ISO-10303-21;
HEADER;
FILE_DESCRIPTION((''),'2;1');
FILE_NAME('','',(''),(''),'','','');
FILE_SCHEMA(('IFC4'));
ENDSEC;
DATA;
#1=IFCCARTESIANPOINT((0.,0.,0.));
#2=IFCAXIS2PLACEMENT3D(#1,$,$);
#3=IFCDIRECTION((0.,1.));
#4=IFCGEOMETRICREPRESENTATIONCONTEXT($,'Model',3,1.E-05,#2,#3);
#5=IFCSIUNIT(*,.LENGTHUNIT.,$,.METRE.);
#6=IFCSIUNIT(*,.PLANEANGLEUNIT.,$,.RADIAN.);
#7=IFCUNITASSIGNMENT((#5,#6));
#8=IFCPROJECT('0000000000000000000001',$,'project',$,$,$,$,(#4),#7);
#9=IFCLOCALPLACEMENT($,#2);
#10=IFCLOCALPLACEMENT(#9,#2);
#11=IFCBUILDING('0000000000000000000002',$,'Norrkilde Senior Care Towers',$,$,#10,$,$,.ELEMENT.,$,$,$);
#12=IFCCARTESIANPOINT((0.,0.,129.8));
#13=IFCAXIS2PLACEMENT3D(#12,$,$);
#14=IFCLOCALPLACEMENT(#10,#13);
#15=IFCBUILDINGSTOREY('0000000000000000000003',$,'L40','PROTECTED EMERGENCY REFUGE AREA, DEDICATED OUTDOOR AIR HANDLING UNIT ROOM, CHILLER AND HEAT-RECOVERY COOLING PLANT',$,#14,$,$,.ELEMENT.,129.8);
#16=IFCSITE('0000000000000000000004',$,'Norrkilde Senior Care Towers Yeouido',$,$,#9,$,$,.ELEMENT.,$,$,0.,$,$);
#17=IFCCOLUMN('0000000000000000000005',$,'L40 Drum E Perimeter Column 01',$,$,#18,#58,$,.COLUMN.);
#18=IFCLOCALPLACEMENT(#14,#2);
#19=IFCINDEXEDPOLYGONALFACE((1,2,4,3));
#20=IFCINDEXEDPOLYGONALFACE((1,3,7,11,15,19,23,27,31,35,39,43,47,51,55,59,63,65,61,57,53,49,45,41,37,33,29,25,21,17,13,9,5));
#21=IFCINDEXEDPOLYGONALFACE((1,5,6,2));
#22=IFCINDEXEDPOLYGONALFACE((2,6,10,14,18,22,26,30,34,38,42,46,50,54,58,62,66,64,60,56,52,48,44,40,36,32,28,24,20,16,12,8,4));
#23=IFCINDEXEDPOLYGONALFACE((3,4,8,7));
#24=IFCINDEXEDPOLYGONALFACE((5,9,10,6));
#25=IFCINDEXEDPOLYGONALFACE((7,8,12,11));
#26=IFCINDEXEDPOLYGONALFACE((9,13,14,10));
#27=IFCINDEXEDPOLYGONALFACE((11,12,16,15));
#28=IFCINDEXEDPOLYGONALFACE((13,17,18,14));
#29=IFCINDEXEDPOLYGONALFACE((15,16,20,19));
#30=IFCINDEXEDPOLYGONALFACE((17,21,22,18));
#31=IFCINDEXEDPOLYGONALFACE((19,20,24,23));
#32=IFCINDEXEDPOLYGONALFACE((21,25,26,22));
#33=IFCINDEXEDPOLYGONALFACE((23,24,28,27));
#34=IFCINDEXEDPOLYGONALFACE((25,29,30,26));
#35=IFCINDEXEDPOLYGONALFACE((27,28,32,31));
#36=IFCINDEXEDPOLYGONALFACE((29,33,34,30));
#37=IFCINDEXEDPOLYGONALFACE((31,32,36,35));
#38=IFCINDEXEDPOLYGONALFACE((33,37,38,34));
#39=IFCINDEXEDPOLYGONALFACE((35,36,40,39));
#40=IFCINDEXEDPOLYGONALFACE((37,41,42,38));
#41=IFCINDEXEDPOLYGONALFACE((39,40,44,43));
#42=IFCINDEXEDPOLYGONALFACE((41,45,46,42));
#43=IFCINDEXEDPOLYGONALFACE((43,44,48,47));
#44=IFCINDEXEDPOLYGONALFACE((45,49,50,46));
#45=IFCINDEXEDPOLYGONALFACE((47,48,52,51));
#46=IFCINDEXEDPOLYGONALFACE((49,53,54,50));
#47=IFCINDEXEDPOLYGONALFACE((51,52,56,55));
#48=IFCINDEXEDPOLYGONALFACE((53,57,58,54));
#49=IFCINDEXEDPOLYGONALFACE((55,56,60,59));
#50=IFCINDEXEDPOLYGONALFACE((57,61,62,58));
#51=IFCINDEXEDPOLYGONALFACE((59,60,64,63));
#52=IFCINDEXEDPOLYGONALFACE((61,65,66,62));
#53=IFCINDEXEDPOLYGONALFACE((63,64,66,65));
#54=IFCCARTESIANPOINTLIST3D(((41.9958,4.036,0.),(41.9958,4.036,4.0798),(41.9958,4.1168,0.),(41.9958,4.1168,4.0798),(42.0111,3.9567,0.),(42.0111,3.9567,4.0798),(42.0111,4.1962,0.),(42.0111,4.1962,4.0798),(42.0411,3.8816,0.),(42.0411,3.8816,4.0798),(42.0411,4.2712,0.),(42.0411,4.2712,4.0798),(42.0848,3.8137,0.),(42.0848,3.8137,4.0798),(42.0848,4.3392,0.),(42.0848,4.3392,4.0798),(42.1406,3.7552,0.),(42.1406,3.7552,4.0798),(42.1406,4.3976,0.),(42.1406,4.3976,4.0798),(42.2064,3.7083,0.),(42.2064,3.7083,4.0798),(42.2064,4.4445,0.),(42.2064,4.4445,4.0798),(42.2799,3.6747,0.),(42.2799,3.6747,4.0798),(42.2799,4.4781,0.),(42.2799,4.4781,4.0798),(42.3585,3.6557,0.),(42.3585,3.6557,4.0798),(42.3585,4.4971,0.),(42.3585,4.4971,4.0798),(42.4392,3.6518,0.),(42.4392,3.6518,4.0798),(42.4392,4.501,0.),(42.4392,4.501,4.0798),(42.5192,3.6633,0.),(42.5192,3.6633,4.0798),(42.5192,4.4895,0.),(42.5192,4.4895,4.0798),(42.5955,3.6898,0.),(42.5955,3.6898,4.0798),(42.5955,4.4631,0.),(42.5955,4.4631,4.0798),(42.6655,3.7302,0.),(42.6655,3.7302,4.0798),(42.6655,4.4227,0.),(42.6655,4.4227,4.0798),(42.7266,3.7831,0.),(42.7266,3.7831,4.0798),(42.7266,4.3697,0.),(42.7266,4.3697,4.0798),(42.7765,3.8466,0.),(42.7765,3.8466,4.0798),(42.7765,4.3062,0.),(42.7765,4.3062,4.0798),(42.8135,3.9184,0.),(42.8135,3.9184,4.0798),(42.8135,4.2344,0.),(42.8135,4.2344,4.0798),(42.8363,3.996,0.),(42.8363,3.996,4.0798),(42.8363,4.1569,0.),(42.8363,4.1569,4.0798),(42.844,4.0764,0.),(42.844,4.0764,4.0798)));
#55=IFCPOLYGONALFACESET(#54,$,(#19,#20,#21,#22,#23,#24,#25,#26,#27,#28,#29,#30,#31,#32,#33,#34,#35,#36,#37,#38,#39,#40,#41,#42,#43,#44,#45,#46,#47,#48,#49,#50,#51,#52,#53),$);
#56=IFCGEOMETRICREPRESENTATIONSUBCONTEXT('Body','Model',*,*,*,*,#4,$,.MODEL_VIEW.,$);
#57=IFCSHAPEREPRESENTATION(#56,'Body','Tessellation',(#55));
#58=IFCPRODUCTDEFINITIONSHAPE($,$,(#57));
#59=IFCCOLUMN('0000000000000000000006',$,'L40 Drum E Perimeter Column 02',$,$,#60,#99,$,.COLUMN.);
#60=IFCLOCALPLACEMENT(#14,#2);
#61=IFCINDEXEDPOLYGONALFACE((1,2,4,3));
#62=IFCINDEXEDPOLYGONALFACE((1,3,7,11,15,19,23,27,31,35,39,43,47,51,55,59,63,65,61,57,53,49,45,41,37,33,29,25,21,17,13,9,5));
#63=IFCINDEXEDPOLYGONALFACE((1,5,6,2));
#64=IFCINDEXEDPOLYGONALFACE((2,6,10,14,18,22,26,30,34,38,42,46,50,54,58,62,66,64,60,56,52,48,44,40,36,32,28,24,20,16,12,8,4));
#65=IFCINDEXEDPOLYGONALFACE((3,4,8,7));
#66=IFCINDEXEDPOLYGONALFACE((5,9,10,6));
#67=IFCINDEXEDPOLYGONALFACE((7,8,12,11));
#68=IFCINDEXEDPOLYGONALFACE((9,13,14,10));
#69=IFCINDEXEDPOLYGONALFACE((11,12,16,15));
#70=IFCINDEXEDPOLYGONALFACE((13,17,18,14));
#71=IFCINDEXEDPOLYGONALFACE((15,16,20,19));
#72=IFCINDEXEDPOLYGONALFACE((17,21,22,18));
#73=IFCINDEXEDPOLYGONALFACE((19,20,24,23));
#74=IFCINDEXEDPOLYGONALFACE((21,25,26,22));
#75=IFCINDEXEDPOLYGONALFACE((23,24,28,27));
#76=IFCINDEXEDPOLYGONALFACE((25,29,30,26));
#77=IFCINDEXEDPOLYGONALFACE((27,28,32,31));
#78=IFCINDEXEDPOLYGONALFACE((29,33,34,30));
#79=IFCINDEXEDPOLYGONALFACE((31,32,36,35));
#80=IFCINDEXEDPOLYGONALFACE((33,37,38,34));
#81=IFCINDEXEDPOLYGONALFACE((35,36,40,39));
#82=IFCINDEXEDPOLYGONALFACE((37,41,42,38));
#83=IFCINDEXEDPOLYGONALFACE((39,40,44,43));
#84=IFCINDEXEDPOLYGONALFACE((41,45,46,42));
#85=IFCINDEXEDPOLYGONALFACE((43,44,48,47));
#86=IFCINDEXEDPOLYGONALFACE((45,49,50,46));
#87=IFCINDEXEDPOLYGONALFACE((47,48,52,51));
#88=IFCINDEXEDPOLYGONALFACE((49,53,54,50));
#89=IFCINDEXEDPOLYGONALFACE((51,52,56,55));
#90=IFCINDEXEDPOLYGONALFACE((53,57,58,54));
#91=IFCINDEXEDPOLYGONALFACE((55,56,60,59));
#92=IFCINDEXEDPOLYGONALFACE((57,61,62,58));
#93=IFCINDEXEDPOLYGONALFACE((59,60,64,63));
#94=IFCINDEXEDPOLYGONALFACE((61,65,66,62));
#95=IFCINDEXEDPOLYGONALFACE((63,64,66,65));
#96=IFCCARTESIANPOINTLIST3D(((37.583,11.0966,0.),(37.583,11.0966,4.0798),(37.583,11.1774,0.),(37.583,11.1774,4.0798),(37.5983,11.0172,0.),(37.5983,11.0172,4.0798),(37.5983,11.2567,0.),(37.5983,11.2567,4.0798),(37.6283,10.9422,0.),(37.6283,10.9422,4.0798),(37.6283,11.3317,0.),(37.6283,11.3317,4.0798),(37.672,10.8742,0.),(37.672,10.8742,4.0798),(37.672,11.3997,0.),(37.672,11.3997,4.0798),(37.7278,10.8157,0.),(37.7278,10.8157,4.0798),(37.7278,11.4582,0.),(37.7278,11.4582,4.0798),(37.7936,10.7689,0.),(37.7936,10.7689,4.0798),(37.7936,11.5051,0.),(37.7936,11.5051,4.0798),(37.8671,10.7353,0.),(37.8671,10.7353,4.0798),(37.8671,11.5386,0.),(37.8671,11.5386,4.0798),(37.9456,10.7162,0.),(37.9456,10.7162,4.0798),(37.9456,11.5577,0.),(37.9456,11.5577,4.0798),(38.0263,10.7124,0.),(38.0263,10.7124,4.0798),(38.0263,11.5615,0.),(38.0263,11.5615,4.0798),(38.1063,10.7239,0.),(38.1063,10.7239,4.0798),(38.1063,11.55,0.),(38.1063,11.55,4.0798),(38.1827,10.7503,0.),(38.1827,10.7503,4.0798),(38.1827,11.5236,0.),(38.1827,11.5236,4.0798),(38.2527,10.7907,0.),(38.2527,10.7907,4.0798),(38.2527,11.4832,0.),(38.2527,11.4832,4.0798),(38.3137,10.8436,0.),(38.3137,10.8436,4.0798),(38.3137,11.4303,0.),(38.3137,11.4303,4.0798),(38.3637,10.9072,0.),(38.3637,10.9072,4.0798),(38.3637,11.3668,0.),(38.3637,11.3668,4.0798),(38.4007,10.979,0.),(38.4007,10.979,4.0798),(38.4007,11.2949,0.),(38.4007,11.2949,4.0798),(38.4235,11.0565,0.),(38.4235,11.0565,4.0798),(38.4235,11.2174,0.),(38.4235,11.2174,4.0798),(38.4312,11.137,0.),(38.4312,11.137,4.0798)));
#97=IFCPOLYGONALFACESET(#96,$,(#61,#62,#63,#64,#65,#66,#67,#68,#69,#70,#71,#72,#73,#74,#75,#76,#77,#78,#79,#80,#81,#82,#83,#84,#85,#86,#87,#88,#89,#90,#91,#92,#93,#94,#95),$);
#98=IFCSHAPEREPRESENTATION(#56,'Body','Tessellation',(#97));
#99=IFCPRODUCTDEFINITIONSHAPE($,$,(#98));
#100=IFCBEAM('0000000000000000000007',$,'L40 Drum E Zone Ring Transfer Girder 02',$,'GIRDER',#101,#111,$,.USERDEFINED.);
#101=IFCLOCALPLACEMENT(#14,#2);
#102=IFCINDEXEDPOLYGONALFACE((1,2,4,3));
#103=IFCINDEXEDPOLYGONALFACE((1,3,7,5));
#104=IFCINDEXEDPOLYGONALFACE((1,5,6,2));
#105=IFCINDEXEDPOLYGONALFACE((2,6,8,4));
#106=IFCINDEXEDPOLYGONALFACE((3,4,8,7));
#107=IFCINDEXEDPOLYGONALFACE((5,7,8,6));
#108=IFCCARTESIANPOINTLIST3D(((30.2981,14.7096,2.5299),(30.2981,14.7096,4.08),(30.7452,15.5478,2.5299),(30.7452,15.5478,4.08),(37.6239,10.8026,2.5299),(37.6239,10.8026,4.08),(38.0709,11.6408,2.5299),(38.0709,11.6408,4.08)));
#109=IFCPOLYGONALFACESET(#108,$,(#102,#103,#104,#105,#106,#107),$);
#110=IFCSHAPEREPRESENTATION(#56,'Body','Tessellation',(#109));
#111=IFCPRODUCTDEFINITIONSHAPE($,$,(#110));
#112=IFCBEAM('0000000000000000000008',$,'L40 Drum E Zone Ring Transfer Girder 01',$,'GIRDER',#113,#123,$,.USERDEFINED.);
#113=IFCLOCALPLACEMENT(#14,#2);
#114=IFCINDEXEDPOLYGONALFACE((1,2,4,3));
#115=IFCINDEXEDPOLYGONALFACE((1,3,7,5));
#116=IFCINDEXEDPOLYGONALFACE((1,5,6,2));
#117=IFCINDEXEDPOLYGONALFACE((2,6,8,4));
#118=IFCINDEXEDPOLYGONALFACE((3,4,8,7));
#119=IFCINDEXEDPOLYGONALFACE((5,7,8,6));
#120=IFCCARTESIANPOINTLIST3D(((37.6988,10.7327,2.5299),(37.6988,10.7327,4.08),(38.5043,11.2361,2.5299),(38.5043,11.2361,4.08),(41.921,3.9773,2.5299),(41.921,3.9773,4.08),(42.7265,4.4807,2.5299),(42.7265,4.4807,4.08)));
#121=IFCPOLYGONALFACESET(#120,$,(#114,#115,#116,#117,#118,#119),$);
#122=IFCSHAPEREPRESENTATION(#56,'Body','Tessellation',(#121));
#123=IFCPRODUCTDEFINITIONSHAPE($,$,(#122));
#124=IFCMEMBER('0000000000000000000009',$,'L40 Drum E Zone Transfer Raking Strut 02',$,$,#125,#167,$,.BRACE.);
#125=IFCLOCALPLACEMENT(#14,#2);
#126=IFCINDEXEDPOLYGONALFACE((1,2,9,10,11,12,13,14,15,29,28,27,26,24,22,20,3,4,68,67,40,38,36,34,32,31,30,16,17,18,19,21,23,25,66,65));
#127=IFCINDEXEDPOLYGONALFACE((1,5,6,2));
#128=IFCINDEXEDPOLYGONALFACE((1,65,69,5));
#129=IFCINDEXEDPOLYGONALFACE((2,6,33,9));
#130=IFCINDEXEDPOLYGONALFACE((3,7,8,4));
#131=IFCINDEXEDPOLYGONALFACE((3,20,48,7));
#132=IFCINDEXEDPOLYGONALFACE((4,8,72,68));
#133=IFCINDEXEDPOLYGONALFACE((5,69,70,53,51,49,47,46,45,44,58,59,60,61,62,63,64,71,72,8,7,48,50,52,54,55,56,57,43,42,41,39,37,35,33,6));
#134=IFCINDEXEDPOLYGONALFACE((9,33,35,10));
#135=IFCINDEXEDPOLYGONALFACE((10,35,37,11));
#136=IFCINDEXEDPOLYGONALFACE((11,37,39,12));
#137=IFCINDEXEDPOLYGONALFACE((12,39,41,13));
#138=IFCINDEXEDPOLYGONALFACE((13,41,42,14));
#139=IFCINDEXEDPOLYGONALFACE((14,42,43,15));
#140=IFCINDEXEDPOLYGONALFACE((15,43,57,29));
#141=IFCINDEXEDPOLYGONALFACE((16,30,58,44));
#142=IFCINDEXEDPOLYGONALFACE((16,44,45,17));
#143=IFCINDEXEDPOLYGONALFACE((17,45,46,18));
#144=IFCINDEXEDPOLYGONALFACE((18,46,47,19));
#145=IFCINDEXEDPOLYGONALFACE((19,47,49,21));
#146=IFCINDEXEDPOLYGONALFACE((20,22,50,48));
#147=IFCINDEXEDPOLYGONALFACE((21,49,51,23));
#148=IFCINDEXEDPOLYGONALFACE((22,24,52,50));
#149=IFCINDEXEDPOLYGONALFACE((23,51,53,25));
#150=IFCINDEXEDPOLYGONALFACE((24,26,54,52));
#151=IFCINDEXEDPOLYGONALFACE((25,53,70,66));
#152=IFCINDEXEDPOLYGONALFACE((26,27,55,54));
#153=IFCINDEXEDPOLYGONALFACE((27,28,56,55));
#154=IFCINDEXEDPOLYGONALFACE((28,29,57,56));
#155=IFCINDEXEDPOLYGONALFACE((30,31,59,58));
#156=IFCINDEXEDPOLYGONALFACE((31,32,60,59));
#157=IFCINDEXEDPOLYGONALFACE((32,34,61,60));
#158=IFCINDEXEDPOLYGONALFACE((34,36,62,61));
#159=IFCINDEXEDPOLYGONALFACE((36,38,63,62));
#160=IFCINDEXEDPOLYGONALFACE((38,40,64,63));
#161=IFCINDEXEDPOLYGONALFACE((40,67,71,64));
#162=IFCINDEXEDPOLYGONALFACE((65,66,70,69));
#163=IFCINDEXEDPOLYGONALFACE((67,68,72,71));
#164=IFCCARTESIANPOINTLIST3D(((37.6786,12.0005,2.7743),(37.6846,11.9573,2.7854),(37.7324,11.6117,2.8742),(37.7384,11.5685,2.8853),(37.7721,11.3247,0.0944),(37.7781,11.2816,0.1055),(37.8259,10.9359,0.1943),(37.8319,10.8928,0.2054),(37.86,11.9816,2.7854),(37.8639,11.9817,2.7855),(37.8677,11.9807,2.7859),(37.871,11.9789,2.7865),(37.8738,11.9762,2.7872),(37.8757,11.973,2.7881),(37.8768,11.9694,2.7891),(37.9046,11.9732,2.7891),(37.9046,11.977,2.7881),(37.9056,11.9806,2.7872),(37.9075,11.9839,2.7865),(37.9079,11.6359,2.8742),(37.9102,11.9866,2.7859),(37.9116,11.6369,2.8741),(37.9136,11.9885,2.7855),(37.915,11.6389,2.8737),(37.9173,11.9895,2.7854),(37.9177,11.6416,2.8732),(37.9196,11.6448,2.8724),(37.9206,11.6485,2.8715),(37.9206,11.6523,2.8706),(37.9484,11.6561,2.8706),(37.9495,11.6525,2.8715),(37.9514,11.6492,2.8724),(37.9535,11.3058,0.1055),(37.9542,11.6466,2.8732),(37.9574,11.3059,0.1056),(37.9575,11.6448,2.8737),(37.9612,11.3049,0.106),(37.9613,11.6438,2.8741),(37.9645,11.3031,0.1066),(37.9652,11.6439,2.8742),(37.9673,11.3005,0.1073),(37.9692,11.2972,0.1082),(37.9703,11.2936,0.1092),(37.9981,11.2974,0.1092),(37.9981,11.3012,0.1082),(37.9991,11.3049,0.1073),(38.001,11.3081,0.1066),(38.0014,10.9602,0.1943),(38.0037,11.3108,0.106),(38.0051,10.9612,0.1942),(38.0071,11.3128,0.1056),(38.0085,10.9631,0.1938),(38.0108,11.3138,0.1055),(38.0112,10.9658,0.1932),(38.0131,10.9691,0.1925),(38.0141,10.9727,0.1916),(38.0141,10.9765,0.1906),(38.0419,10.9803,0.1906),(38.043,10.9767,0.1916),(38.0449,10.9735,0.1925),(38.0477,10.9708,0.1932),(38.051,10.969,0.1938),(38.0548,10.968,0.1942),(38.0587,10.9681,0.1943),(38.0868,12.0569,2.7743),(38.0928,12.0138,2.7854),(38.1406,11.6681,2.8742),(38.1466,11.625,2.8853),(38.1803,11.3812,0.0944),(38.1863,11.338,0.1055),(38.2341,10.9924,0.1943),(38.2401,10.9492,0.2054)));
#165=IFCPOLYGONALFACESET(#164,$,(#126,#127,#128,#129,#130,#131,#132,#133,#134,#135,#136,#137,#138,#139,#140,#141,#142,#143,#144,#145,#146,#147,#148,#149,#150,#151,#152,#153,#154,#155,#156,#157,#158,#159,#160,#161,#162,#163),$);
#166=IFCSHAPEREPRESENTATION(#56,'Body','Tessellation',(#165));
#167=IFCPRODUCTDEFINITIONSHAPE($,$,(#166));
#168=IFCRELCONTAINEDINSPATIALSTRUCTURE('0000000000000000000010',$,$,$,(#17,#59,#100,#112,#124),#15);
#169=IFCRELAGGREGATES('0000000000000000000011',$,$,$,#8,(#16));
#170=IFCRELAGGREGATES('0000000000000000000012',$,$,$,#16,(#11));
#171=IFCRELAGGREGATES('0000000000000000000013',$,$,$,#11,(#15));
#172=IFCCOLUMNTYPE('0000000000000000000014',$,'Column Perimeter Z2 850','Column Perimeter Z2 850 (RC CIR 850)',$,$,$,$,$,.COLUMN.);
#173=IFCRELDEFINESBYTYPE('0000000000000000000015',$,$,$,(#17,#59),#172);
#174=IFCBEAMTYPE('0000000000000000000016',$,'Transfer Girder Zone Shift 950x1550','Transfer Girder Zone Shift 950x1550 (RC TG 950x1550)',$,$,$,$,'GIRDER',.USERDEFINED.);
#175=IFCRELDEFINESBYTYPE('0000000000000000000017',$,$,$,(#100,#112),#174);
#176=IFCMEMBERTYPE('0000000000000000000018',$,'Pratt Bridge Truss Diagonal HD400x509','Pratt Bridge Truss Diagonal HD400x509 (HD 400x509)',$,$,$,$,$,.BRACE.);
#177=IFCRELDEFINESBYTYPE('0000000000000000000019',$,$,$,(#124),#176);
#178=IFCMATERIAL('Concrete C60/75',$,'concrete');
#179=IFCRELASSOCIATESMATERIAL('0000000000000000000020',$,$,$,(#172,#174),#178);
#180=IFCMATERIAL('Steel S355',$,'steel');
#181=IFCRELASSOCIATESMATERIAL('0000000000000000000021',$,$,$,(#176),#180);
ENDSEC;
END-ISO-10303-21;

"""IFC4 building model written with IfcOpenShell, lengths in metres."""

from ifc_helpers import new_model, si_unit, direction, frame, origin, origin_2d, place, context, subcontext, project, spatial, rectangle, circle, i_section, extrude, source, transform, mapped, material, material_profile, profile_set, type_object, type_shapes, element, save


model = new_model("IFC4")

# Units and contexts
model_context = context("Model", 3, precision=1e-05, world=origin(), true_north=direction((0.0, 1.0)))
body_context = subcontext(model_context, "Body", "Model", "MODEL_VIEW")
ifc_project = project(units=[si_unit("LENGTHUNIT", "METRE"), si_unit("PLANEANGLEUNIT", "RADIAN")], contexts=[model_context])

# Site, building, storey
site_placement = place(None, origin())
site = spatial("IfcSite", under=ifc_project, at=site_placement, Name="Norrkilde Senior Care Towers Yeouido", CompositionType="ELEMENT", RefElevation=0.0)
building_placement = place(site_placement, origin())
building = spatial("IfcBuilding", under=site, at=building_placement, Name="Norrkilde Senior Care Towers", CompositionType="ELEMENT")
storey_placement = place(building_placement, frame((0.0, 0.0, 129.8)))
storey = spatial("IfcBuildingStorey", under=building, at=storey_placement, Name="L40", Description="PROTECTED EMERGENCY REFUGE AREA, DEDICATED OUTDOOR AIR HANDLING UNIT ROOM, CHILLER AND HEAT-RECOVERY COOLING PLANT", CompositionType="ELEMENT", Elevation=129.8)

# Columns
ifc_material_1 = material(Name="Concrete C60/75", Category="concrete")
ifc_material_profile_1 = material_profile(ifc_material_1, circle(Radius=0.425, at=origin_2d()), Name="RC CIR 850")
ifc_profile_set_1 = profile_set([ifc_material_profile_1], Name="Concrete C60/75")
column_type = type_object("IfcColumnType", Name="Column Perimeter Z2 850", Description="Column Perimeter Z2 850 (RC CIR 850)", PredefinedType="COLUMN", material=ifc_profile_set_1)
shared_shape_1 = source(origin(), body_context, "Body", "SweptSolid", [
    extrude(circle(Radius=0.425, at=origin_2d()), origin(), (0.0, 0.0, 1.0), 4.0798),
])
type_shapes(column_type, [shared_shape_1])
for number, where, z_axis, x_axis, name in (
    (1, (42.4189, 4.0764, 0.0), (0.0, 0.0, 1.0), (1.0, 0.0, 0.0), "L40 Drum E Perimeter Column 01"),
    (2, (38.0061, 11.137, 0.0), (0.0, 0.0, 1.0), (1.0, 0.0, 0.0), "L40 Drum E Perimeter Column 02"),
):
    element("IfcColumn", number, at=place(storey_placement, frame(where, z_axis=z_axis, x_axis=x_axis)), inside=storey, type_object=column_type, Name=name, PredefinedType="COLUMN", context=body_context, shape_type="MappedRepresentation", body=[
        mapped(shared_shape_1, transform((0.0, 0.0, 0.0), x_axis=(1.0, 0.0, 0.0), y_axis=(0.0, 1.0, 0.0), z_axis=(0.0, 0.0, 1.0), scale=1.0)),
    ])

# Beams
ifc_material_profile_2 = material_profile(ifc_material_1, rectangle(XDim=0.95, YDim=1.55, at=origin_2d()), Name="RC TG 950x1550")
ifc_profile_set_2 = profile_set([ifc_material_profile_2], Name="Concrete C60/75")
beam_type = type_object("IfcBeamType", Name="Transfer Girder Zone Shift 950x1550", Description="Transfer Girder Zone Shift 950x1550 (RC TG 950x1550)", ElementType="GIRDER", PredefinedType="USERDEFINED", material=ifc_profile_set_2)
shared_shape_2 = source(origin(), body_context, "Body", "SweptSolid", [
    extrude(rectangle(XDim=0.95, YDim=1.55, at=origin_2d()), origin(), (0.0, 0.0, 1.0), 8.3025),
])
beam_1_placement = place(storey_placement, frame((37.8474, 11.2217, 3.3049), z_axis=(-0.882355, 0.470584, 0.0), x_axis=(-0.470584, -0.882355, 0.0)))
element("IfcBeam", 3, at=beam_1_placement, inside=storey, type_object=beam_type, Name="L40 Drum E Zone Ring Transfer Girder 02", ObjectType="GIRDER", PredefinedType="USERDEFINED", context=body_context, shape_type="MappedRepresentation", body=[
    mapped(shared_shape_2, transform((0.0, 0.0, 0.0), x_axis=(1.0, 0.0, 0.0), y_axis=(0.0, 1.0, 0.0), z_axis=(0.0, 0.0, 1.0), scale=1.0)),
])
shared_shape_3 = source(origin(), body_context, "Body", "SweptSolid", [
    extrude(rectangle(XDim=0.95, YDim=1.55, at=origin_2d()), origin(), (0.0, 0.0, 1.0), 7.9663),
])
beam_2_placement = place(storey_placement, frame((42.3237, 4.229, 3.3049), z_axis=(-0.530004, 0.847995, 0.0), x_axis=(-0.847995, -0.530004, 0.0)))
element("IfcBeam", 4, at=beam_2_placement, inside=storey, type_object=beam_type, Name="L40 Drum E Zone Ring Transfer Girder 01", ObjectType="GIRDER", PredefinedType="USERDEFINED", context=body_context, shape_type="MappedRepresentation", body=[
    mapped(shared_shape_3, transform((0.0, 0.0, 0.0), x_axis=(1.0, 0.0, 0.0), y_axis=(0.0, 1.0, 0.0), z_axis=(0.0, 0.0, 1.0), scale=1.0)),
])

# Member
ifc_material_2 = material(Name="Steel S355", Category="steel")
ifc_material_profile_3 = material_profile(ifc_material_2, i_section(OverallWidth=0.4121, OverallDepth=0.45, WebThickness=0.0281, FlangeThickness=0.0449, FilletRadius=0.0149, at=origin_2d()), Name="HD 400x509")
ifc_profile_set_3 = profile_set([ifc_material_profile_3], Name="Steel S355")
member_type_1 = type_object("IfcMemberType", Name="Pratt Bridge Truss Diagonal HD400x509", Description="Pratt Bridge Truss Diagonal HD400x509 (HD 400x509)", PredefinedType="BRACE", material=ifc_profile_set_3)
shared_shape_4 = source(origin(), body_context, "Body", "SweptSolid", [
    extrude(i_section(OverallWidth=0.4121, OverallDepth=0.45, WebThickness=0.0281, FlangeThickness=0.0449, FilletRadius=0.0149, at=origin_2d()), origin(), (0.0, 0.0, 1.0), 2.7654),
])
member_1_placement = place(storey_placement, frame((38.0061, 11.137, 0.1499), z_axis=(-0.033813, 0.24437, 0.969092), x_axis=(-0.990563, -0.137061, 0.0)))
element("IfcMember", 5, at=member_1_placement, inside=storey, type_object=member_type_1, Name="L40 Drum E Zone Transfer Raking Strut 02", PredefinedType="BRACE", context=body_context, shape_type="MappedRepresentation", body=[
    mapped(shared_shape_4, transform((0.0, 0.0, 0.0), x_axis=(1.0, 0.0, 0.0), y_axis=(0.0, 1.0, 0.0), z_axis=(0.0, 0.0, 1.0), scale=1.0)),
])

save(model, "model.ifc")
